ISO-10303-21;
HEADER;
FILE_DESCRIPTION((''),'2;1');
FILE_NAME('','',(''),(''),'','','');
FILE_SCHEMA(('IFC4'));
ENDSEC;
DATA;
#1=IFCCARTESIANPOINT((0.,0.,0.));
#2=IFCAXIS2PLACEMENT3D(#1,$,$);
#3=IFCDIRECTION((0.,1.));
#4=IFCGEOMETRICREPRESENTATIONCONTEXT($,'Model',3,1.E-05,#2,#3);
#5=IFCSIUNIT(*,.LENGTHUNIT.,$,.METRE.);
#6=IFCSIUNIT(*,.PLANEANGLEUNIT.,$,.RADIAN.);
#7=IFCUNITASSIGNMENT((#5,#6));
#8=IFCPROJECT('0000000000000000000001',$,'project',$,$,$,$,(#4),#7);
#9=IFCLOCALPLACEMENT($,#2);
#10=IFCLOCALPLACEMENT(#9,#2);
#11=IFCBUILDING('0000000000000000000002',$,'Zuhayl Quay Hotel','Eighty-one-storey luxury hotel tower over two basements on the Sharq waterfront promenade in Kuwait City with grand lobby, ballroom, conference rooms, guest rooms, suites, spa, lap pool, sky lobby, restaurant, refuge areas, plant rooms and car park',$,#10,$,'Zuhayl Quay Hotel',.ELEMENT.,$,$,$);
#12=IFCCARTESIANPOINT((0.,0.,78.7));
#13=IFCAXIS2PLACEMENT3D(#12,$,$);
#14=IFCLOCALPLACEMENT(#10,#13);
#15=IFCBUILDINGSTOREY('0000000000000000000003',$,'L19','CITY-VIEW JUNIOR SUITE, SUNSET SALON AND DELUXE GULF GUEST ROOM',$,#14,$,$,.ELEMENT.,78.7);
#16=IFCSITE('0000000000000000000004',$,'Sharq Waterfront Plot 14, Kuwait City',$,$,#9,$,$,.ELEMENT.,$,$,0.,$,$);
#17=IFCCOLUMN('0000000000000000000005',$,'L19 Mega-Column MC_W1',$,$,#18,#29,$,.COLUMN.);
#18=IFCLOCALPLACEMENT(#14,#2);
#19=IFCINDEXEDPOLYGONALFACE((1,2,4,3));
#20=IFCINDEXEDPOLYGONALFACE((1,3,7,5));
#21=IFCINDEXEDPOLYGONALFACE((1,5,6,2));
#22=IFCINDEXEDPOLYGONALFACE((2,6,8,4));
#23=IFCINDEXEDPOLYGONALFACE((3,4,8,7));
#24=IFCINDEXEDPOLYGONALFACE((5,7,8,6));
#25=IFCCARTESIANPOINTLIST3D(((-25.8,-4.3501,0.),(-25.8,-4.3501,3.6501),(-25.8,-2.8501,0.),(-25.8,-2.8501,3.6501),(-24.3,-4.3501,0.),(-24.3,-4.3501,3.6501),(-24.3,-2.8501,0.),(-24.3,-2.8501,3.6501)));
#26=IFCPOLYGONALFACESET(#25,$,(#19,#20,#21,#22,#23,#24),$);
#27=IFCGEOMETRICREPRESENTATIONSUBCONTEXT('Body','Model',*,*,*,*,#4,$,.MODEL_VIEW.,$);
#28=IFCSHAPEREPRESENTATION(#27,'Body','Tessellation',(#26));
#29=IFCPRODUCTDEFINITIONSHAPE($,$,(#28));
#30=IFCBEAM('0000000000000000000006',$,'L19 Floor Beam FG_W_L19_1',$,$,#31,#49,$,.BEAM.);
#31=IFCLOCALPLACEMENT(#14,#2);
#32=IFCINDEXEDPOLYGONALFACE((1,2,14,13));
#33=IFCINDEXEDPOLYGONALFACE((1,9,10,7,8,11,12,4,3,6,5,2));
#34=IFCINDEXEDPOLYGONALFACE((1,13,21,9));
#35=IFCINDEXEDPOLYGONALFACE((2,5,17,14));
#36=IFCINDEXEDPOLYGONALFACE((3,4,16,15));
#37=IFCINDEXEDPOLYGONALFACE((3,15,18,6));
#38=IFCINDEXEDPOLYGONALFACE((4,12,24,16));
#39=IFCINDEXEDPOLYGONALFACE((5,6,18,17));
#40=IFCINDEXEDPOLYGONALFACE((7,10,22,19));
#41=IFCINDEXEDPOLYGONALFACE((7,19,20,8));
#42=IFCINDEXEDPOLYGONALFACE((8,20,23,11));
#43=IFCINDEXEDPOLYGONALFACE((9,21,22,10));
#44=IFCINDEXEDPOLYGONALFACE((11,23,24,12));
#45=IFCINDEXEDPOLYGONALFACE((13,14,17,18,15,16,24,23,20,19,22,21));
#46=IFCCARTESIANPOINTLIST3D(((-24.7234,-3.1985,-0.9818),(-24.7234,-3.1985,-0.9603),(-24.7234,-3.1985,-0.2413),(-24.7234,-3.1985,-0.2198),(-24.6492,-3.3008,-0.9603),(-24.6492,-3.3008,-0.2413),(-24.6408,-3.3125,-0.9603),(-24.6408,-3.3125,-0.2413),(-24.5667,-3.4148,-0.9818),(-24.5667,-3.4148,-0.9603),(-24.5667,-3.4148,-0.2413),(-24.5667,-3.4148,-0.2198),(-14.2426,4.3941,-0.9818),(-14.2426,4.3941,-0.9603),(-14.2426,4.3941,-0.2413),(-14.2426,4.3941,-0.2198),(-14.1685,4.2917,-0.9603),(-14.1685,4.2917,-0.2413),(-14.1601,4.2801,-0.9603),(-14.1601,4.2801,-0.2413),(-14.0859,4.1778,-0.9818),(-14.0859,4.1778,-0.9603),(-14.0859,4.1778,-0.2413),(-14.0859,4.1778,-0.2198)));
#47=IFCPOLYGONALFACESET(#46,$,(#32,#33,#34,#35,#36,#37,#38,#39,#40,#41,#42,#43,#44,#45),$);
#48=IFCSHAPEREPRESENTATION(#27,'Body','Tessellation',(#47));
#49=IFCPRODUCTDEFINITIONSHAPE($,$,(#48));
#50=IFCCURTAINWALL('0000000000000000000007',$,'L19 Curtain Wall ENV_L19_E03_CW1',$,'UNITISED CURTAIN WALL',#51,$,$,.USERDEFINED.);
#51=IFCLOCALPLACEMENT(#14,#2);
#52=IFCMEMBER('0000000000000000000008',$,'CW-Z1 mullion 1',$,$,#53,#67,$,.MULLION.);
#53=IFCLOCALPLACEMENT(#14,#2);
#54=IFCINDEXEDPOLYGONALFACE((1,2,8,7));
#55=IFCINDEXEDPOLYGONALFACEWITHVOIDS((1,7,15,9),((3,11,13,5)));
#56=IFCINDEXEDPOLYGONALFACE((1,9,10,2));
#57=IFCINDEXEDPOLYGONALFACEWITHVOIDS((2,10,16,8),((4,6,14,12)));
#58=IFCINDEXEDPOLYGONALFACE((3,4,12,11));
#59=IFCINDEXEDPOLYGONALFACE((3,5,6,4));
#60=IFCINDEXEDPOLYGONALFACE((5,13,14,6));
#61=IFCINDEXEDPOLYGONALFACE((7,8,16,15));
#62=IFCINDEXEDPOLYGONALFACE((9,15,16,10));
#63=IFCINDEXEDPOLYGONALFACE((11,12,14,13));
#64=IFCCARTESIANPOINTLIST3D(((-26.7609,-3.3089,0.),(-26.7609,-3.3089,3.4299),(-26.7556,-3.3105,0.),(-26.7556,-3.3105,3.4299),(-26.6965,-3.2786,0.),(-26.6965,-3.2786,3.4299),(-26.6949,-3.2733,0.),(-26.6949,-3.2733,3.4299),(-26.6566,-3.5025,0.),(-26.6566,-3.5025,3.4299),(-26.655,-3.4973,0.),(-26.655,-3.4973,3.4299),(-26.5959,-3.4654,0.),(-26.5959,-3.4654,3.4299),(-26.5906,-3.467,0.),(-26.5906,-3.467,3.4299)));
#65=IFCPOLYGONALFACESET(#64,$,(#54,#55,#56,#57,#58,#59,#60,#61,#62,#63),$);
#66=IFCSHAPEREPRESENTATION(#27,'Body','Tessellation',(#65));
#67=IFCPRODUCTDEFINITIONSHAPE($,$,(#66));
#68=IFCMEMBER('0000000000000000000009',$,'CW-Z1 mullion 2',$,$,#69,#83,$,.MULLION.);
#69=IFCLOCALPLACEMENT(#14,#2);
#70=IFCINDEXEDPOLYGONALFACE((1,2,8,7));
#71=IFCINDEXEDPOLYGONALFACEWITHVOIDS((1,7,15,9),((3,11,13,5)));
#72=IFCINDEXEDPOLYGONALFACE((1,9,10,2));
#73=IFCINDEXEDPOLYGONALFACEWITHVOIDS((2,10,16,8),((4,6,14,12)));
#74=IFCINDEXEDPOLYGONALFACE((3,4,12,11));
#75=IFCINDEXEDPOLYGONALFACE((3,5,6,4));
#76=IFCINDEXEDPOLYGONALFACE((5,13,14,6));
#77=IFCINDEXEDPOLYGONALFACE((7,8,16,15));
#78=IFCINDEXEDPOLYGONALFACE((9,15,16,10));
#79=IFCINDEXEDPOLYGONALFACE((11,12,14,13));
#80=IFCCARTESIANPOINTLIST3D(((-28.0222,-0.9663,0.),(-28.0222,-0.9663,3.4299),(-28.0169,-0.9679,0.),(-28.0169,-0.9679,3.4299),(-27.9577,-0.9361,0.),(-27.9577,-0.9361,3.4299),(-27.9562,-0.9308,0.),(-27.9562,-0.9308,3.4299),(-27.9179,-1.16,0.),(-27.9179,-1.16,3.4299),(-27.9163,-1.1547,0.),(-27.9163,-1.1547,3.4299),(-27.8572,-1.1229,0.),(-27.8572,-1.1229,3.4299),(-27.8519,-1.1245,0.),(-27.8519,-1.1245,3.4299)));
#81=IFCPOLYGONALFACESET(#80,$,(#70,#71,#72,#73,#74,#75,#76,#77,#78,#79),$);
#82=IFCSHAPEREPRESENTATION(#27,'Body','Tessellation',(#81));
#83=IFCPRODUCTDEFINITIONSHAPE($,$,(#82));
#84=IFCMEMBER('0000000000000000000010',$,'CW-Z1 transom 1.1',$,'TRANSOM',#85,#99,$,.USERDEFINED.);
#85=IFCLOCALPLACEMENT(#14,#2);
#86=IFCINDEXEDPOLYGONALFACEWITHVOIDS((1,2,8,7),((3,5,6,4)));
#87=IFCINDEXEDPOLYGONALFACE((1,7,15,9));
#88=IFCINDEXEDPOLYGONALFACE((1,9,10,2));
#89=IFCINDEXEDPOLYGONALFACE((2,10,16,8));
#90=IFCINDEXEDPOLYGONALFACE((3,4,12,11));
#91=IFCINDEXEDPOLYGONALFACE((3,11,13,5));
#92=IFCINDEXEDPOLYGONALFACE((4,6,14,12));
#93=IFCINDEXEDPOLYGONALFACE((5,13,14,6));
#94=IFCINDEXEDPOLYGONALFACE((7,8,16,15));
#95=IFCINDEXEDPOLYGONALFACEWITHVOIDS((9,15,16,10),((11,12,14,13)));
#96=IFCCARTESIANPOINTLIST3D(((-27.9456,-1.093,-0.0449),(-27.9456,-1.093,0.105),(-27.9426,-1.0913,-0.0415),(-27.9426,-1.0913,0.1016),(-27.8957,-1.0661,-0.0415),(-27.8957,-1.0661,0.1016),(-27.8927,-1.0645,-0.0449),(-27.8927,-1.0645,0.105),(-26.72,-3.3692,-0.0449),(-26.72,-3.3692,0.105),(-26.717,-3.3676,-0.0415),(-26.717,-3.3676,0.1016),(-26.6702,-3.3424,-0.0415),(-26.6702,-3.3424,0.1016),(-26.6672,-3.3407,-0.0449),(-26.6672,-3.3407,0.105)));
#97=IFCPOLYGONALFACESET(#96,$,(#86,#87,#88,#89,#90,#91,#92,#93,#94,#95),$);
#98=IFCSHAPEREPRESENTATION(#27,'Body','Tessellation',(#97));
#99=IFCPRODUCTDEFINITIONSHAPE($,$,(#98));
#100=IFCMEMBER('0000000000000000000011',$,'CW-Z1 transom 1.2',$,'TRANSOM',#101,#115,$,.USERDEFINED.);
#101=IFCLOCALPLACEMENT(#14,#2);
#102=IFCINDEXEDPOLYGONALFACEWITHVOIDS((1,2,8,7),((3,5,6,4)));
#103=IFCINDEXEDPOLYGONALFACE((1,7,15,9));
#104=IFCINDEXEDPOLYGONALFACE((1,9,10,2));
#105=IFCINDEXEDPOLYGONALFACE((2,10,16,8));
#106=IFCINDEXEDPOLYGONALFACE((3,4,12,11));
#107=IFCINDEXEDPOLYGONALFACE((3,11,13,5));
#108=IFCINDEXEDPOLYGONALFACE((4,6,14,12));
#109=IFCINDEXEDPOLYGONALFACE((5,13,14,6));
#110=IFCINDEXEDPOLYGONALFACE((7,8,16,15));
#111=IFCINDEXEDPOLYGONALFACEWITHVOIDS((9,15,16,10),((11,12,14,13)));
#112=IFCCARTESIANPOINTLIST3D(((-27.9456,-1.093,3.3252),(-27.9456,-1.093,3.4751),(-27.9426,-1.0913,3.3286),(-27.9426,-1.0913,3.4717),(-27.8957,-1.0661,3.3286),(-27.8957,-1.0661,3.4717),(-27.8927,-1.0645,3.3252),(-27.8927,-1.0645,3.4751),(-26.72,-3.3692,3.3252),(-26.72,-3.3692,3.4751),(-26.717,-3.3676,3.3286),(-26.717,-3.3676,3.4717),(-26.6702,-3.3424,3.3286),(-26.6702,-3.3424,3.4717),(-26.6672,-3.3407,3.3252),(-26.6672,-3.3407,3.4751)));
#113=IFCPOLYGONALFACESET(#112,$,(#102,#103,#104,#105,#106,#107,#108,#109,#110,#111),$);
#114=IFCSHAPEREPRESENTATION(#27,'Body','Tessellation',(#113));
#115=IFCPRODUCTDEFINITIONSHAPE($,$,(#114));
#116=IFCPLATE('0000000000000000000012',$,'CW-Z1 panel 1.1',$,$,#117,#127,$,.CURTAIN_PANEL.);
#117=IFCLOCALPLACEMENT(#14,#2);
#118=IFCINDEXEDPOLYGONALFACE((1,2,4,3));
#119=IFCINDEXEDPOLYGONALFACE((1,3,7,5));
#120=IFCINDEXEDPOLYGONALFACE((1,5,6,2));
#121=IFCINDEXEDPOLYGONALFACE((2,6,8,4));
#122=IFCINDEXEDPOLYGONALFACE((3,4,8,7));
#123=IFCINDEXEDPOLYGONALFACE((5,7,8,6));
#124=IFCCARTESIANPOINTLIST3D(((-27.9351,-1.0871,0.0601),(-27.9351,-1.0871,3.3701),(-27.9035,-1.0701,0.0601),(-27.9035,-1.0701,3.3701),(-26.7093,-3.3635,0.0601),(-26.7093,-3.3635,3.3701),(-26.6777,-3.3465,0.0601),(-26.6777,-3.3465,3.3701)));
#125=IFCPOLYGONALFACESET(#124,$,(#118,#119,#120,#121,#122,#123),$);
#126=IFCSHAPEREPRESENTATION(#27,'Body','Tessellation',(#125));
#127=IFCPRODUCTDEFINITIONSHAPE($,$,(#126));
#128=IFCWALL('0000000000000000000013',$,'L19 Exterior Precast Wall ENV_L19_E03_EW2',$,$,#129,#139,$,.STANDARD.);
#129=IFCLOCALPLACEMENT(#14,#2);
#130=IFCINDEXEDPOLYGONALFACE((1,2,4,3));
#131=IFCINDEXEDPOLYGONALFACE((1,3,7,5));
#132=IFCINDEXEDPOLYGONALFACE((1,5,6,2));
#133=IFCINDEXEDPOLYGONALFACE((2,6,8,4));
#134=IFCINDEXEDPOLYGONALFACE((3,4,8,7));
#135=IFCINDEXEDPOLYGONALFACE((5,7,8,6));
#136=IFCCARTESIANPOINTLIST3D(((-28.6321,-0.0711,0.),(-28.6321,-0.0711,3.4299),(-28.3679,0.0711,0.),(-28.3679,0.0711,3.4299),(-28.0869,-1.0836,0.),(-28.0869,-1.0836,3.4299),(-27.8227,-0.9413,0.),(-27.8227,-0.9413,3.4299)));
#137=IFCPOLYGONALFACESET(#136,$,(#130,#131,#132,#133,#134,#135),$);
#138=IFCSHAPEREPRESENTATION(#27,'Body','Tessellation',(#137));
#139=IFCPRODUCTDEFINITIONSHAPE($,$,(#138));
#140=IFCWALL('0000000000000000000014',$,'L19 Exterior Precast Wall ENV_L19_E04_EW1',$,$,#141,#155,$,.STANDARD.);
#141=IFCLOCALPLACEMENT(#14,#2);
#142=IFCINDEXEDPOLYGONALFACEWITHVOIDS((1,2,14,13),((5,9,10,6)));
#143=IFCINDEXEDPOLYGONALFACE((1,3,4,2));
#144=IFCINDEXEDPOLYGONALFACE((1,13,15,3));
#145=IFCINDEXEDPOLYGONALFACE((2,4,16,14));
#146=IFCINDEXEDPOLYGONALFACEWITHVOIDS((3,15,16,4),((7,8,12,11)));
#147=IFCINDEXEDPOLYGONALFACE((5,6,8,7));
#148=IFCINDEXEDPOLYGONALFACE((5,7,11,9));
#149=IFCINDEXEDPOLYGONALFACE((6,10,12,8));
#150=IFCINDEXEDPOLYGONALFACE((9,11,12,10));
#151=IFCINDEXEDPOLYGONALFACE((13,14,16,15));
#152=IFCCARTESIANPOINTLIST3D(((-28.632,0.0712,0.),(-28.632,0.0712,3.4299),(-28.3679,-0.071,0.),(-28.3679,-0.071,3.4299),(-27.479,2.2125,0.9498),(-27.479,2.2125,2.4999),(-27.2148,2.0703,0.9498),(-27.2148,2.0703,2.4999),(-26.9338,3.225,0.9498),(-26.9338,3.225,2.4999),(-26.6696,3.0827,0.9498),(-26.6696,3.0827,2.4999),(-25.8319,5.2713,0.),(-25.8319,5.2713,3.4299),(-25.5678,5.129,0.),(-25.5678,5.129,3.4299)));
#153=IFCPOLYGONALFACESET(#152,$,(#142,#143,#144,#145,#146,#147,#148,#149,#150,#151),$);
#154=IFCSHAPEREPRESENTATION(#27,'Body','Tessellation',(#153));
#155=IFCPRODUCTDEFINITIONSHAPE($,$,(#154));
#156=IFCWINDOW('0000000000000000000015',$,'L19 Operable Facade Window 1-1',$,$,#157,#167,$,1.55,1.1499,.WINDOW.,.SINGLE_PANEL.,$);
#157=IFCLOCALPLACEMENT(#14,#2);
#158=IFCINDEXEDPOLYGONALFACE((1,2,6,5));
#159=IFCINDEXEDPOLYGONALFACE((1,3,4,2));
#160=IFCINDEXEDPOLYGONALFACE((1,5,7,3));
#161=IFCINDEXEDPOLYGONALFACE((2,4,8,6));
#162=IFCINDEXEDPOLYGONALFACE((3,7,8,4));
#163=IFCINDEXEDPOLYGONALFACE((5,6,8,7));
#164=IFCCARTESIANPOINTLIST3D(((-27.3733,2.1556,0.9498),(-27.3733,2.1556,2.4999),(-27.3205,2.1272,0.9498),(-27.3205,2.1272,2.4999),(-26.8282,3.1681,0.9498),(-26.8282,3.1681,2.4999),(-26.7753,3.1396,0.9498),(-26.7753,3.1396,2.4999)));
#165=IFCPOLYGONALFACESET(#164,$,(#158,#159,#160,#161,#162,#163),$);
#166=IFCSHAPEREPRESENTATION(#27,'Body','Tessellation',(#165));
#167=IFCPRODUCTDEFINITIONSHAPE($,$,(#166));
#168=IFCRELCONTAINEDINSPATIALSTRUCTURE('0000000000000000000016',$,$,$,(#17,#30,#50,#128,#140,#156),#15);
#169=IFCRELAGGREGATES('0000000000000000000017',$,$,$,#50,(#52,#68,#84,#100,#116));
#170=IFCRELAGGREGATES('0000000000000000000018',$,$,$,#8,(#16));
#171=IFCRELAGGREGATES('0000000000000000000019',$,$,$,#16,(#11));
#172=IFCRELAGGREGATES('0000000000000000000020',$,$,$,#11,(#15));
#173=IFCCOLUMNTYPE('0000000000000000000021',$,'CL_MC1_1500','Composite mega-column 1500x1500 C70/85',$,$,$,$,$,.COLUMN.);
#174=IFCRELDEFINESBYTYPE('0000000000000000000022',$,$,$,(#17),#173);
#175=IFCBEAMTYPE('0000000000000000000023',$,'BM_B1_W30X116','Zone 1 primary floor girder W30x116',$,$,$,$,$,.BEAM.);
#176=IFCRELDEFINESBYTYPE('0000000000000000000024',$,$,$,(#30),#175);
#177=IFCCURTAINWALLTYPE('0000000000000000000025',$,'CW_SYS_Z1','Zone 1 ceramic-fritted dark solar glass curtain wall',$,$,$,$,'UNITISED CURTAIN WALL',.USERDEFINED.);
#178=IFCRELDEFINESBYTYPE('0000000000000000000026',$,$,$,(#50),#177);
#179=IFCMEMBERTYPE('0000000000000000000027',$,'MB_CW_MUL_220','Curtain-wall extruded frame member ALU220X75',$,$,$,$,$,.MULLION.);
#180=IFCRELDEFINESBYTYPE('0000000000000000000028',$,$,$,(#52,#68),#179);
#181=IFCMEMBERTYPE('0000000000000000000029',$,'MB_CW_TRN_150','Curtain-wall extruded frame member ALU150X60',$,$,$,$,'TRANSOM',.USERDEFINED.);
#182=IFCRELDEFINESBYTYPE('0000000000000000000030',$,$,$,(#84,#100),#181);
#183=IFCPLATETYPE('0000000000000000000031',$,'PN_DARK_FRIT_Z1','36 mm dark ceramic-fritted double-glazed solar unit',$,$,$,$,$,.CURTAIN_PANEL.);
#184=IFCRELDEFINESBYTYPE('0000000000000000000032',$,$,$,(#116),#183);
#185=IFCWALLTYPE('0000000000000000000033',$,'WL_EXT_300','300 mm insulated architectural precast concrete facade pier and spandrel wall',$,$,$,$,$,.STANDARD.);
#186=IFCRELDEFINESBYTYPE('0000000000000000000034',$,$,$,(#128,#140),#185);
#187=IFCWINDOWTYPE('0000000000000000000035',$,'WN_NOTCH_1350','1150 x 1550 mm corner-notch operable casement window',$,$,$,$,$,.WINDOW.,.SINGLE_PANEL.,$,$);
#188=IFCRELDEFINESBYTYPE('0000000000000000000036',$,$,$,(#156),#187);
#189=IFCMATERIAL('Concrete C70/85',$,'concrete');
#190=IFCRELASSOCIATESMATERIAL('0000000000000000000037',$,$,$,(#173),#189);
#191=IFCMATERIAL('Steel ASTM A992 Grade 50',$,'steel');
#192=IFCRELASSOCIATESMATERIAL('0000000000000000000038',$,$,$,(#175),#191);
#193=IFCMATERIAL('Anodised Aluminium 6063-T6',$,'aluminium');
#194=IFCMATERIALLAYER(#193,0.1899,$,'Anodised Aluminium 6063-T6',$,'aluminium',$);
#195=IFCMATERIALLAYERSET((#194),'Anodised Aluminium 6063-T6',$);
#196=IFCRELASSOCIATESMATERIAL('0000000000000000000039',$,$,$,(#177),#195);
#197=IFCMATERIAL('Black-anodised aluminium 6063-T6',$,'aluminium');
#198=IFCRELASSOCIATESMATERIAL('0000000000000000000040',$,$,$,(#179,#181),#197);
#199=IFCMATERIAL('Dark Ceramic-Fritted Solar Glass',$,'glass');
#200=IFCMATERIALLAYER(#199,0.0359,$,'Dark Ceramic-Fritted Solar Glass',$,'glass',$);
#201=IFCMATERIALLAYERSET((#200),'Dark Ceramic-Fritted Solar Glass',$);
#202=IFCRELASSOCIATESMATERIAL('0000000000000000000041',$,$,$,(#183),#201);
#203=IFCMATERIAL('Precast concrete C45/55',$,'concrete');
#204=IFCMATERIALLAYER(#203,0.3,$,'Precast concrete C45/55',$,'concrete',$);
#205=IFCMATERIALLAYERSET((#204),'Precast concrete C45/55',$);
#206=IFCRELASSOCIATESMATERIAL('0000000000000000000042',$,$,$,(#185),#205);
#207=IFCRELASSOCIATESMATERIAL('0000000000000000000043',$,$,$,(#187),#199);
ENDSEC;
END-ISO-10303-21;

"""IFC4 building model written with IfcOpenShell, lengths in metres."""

from ifc_helpers import new_model, si_unit, direction, frame, frame_2d, origin, origin_2d, place, context, subcontext, project, spatial, rectangle, hollow_rectangle, i_section, extrude, material, layer, layer_set, material_profile, profile_set, type_object, element, fill, aggregate, save


model = new_model("IFC4")

# Units and contexts
model_context = context("Model", 3, precision=1e-05, world=origin(), true_north=direction((0.0, 1.0)))
body_context = subcontext(model_context, "Body", "Model", "MODEL_VIEW")
ifc_project = project(units=[si_unit("LENGTHUNIT", "METRE"), si_unit("PLANEANGLEUNIT", "RADIAN")], contexts=[model_context])

# Site, building, storey
site_placement = place(None, origin())
site = spatial("IfcSite", under=ifc_project, at=site_placement, Name="Sharq Waterfront Plot 14, Kuwait City", CompositionType="ELEMENT", RefElevation=0.0)
building_placement = place(site_placement, origin())
building = spatial("IfcBuilding", under=site, at=building_placement, Name="Zuhayl Quay Hotel", Description="Eighty-one-storey luxury hotel tower over two basements on the Sharq waterfront promenade in Kuwait City with grand lobby, ballroom, conference rooms, guest rooms, suites, spa, lap pool, sky lobby, restaurant, refuge areas, plant rooms and car park", LongName="Zuhayl Quay Hotel", CompositionType="ELEMENT")
storey_placement = place(building_placement, frame((0.0, 0.0, 78.7)))
storey = spatial("IfcBuildingStorey", under=building, at=storey_placement, Name="L19", Description="CITY-VIEW JUNIOR SUITE, SUNSET SALON AND DELUXE GULF GUEST ROOM", CompositionType="ELEMENT", Elevation=78.7)

# Column
ifc_material_1 = material(Name="Concrete C70/85", Category="concrete")
ifc_material_profile_1 = material_profile(ifc_material_1, rectangle(XDim=1.5, YDim=1.5, at=origin_2d()), Name="RC1500X1500")
ifc_profile_set_1 = profile_set([ifc_material_profile_1], Name="Concrete C70/85")
column_type = type_object("IfcColumnType", Name="CL_MC1_1500", Description="Composite mega-column 1500x1500 C70/85", PredefinedType="COLUMN", material=ifc_profile_set_1)
column_placement = place(storey_placement, frame((-25.05, -3.6001, 0.0), z_axis=(0.0, 0.0, 1.0), x_axis=(1.0, 0.0, 0.0)))
element("IfcColumn", 1, at=column_placement, inside=storey, type_object=column_type, Name="L19 Mega-Column MC_W1", PredefinedType="COLUMN", context=body_context, shape_type="SweptSolid", body=[
    extrude(rectangle(XDim=1.5, YDim=1.5, at=origin_2d()), origin(), (0.0, 0.0, 1.0), 3.6501),
])

# Beam
ifc_material_2 = material(Name="Steel ASTM A992 Grade 50", Category="steel")
ifc_material_profile_2 = material_profile(ifc_material_2, i_section(OverallWidth=0.2671, OverallDepth=0.762, WebThickness=0.0144, FlangeThickness=0.0215, at=origin_2d()), Name="W30X116")
ifc_profile_set_2 = profile_set([ifc_material_profile_2], Name="Steel ASTM A992 Grade 50")
beam_type = type_object("IfcBeamType", Name="BM_B1_W30X116", Description="Zone 1 primary floor girder W30x116", PredefinedType="BEAM", material=ifc_profile_set_2)
beam_placement = place(storey_placement, frame((-24.645, -3.3066, -0.6008), z_axis=(0.80983, 0.586664, 0.0), x_axis=(-0.586664, 0.80983, 0.0)))
element("IfcBeam", 2, at=beam_placement, inside=storey, type_object=beam_type, Name="L19 Floor Beam FG_W_L19_1", PredefinedType="BEAM", context=body_context, shape_type="SweptSolid", body=[
    extrude(i_section(OverallWidth=0.2671, OverallDepth=0.762, WebThickness=0.0144, FlangeThickness=0.0215, at=origin_2d()), origin(), (0.0, 0.0, 1.0), 12.9419),
])

# Curtain wall, members, plate
ifc_material_3 = material(Name="Anodised Aluminium 6063-T6", Category="aluminium")
ifc_layer_1 = layer(ifc_material_3, 0.1899, Name="Anodised Aluminium 6063-T6", Category="aluminium")
ifc_layer_set_1 = layer_set([ifc_layer_1], Name="Anodised Aluminium 6063-T6")
curtain_wall_type = type_object("IfcCurtainWallType", Name="CW_SYS_Z1", Description="Zone 1 ceramic-fritted dark solar glass curtain wall", ElementType="UNITISED CURTAIN WALL", PredefinedType="USERDEFINED", material=ifc_layer_set_1)
curtain_wall_placement = place(storey_placement, origin())
curtain_wall = element("IfcCurtainWall", 3, at=curtain_wall_placement, inside=storey, type_object=curtain_wall_type, Name="L19 Curtain Wall ENV_L19_E03_CW1", ObjectType="UNITISED CURTAIN WALL", PredefinedType="USERDEFINED")
ifc_material_4 = material(Name="Black-anodised aluminium 6063-T6", Category="aluminium")
ifc_material_profile_3 = material_profile(ifc_material_4, hollow_rectangle(XDim=0.075, YDim=0.22, WallThickness=0.0039, at=origin_2d()), Name="ALU220X75")
ifc_profile_set_3 = profile_set([ifc_material_profile_3], Name="Black-anodised aluminium 6063-T6")
member_type_1 = type_object("IfcMemberType", Name="MB_CW_MUL_220", Description="Curtain-wall extruded frame member ALU220X75", PredefinedType="MULLION", material=ifc_profile_set_3)
member_1_placement = place(storey_placement, frame((-26.6758, -3.3879, 0.0), z_axis=(0.0, 0.0, 1.0), x_axis=(-0.880476, -0.474091, 0.0)))
member_1 = element("IfcMember", 4, at=member_1_placement, type_object=member_type_1, Name="CW-Z1 mullion 1", PredefinedType="MULLION", context=body_context, shape_type="SweptSolid", body=[
    extrude(hollow_rectangle(XDim=0.075, YDim=0.22, WallThickness=0.0039, at=origin_2d()), origin(), (0.0, 0.0, 1.0), 3.4299),
])
member_2_placement = place(storey_placement, frame((-27.937, -1.0454, 0.0), z_axis=(0.0, 0.0, 1.0), x_axis=(-0.880476, -0.474091, 0.0)))
member_2 = element("IfcMember", 5, at=member_2_placement, type_object=member_type_1, Name="CW-Z1 mullion 2", PredefinedType="MULLION", context=body_context, shape_type="SweptSolid", body=[
    extrude(hollow_rectangle(XDim=0.075, YDim=0.22, WallThickness=0.0039, at=origin_2d()), origin(), (0.0, 0.0, 1.0), 3.4299),
])
ifc_material_profile_4 = material_profile(ifc_material_4, hollow_rectangle(XDim=0.0601, YDim=0.1499, WallThickness=0.0034, at=origin_2d()), Name="ALU150X60")
ifc_profile_set_4 = profile_set([ifc_material_profile_4], Name="Black-anodised aluminium 6063-T6")
member_type_2 = type_object("IfcMemberType", Name="MB_CW_TRN_150", Description="Curtain-wall extruded frame member ALU150X60", ElementType="TRANSOM", PredefinedType="USERDEFINED", material=ifc_profile_set_4)
member_3_placement = place(storey_placement, frame((-26.6936, -3.355, 0.03), z_axis=(-0.474055, 0.880495, 0.0), x_axis=(-0.880495, -0.474055, 0.0)))
member_3 = element("IfcMember", 6, at=member_3_placement, type_object=member_type_2, Name="CW-Z1 transom 1.1", ObjectType="TRANSOM", PredefinedType="USERDEFINED", context=body_context, shape_type="SweptSolid", body=[
    extrude(hollow_rectangle(XDim=0.0601, YDim=0.1499, WallThickness=0.0034, at=origin_2d()), origin(), (0.0, 0.0, 1.0), 2.5852),
])
member_4_placement = place(storey_placement, frame((-26.6936, -3.355, 3.4001), z_axis=(-0.474055, 0.880495, 0.0), x_axis=(-0.880495, -0.474055, 0.0)))
member_4 = element("IfcMember", 7, at=member_4_placement, type_object=member_type_2, Name="CW-Z1 transom 1.2", ObjectType="TRANSOM", PredefinedType="USERDEFINED", context=body_context, shape_type="SweptSolid", body=[
    extrude(hollow_rectangle(XDim=0.0601, YDim=0.1499, WallThickness=0.0034, at=origin_2d()), origin(), (0.0, 0.0, 1.0), 2.5852),
])
ifc_material_5 = material(Name="Dark Ceramic-Fritted Solar Glass", Category="glass")
ifc_layer_2 = layer(ifc_material_5, 0.0359, Name="Dark Ceramic-Fritted Solar Glass", Category="glass")
ifc_layer_set_2 = layer_set([ifc_layer_2], Name="Dark Ceramic-Fritted Solar Glass")
plate_type = type_object("IfcPlateType", Name="PN_DARK_FRIT_Z1", Description="36 mm dark ceramic-fritted double-glazed solar unit", PredefinedType="CURTAIN_PANEL", material=ifc_layer_set_2)
plate_placement = place(storey_placement, frame((-27.3064, -2.2168, 0.0601), z_axis=(0.0, 0.0, 1.0), x_axis=(-0.474091, 0.880476, 0.0)))
plate = element("IfcPlate", 8, at=plate_placement, type_object=plate_type, Name="CW-Z1 panel 1.1", PredefinedType="CURTAIN_PANEL", context=body_context, shape_type="SweptSolid", body=[
    extrude(rectangle(XDim=2.5854, YDim=0.0359, at=origin_2d()), origin(), (0.0, 0.0, 1.0), 3.3101),
])
aggregate(curtain_wall, [member_1, member_2, member_3, member_4, plate])

# Wall
ifc_material_6 = material(Name="Precast concrete C45/55", Category="concrete")
ifc_layer_3 = layer(ifc_material_6, 0.3, Name="Precast concrete C45/55", Category="concrete")
ifc_layer_set_3 = layer_set([ifc_layer_3], Name="Precast concrete C45/55")
wall_type_1 = type_object("IfcWallType", Name="WL_EXT_300", Description="300 mm insulated architectural precast concrete facade pier and spandrel wall", PredefinedType="STANDARD", material=ifc_layer_set_3)
wall_1_placement = place(storey_placement, frame((-27.9548, -1.0125, 0.0), z_axis=(0.0, 0.0, 1.0), x_axis=(-0.4741, 0.880471, 0.0)))
element("IfcWall", 9, at=wall_1_placement, inside=storey, type_object=wall_type_1, Name="L19 Exterior Precast Wall ENV_L19_E03_EW2", PredefinedType="STANDARD", context=body_context, shape_type="SweptSolid", body=[
    extrude(rectangle(XDim=1.1499, YDim=0.3, at=frame_2d((0.575, 0.0))), origin(), (0.0, 0.0, 1.0), 3.4299),
])

# Wall, opening, window
wall_2_placement = place(storey_placement, frame((-28.5, 0.0, 0.0), z_axis=(0.0, 0.0, 1.0), x_axis=(0.47411, 0.880466, 0.0)))
wall_2 = element("IfcWall", 10, at=wall_2_placement, inside=storey, type_object=wall_type_1, Name="L19 Exterior Precast Wall ENV_L19_E04_EW1", PredefinedType="STANDARD", context=body_context, shape_type="SweptSolid", body=[
    extrude(rectangle(XDim=5.906, YDim=0.3, at=frame_2d((2.9531, 0.0))), origin(), (0.0, 0.0, 1.0), 3.4299),
])
opening_1_placement = place(wall_2_placement, frame((2.4321, 0.0, 0.95)))
opening_1 = element("IfcOpeningElement", 11, at=opening_1_placement, cuts=wall_2, PredefinedType="OPENING", context=body_context, shape_type="SweptSolid", body=[
    extrude(rectangle(XDim=1.1499, YDim=1.55, at=frame_2d((0.575, 0.7749))), frame((0.0, 0.1599, 0.0), z_axis=(0.0, -1.0, 0.0), x_axis=(1.0, 0.0, 0.0)), (0.0, 0.0, 1.0), 0.3201),
])
window_type = type_object("IfcWindowType", Name="WN_NOTCH_1350", Description="1150 x 1550 mm corner-notch operable casement window", PartitioningType="SINGLE_PANEL", PredefinedType="WINDOW", material=ifc_material_5)
window_placement = place(opening_1_placement, origin())
window = element("IfcWindow", 12, at=window_placement, inside=storey, type_object=window_type, Name="L19 Operable Facade Window 1-1", OverallHeight=1.55, OverallWidth=1.1499, PartitioningType="SINGLE_PANEL", PredefinedType="WINDOW", context=body_context, shape_type="SweptSolid", body=[
    extrude(rectangle(XDim=1.1499, YDim=1.55, at=frame_2d((0.575, 0.7749))), frame((0.0, 0.03, 0.0), z_axis=(0.0, -1.0, 0.0), x_axis=(1.0, 0.0, 0.0)), (0.0, 0.0, 1.0), 0.0601),
])
fill(opening_1, window)

save(model, "model.ifc")
